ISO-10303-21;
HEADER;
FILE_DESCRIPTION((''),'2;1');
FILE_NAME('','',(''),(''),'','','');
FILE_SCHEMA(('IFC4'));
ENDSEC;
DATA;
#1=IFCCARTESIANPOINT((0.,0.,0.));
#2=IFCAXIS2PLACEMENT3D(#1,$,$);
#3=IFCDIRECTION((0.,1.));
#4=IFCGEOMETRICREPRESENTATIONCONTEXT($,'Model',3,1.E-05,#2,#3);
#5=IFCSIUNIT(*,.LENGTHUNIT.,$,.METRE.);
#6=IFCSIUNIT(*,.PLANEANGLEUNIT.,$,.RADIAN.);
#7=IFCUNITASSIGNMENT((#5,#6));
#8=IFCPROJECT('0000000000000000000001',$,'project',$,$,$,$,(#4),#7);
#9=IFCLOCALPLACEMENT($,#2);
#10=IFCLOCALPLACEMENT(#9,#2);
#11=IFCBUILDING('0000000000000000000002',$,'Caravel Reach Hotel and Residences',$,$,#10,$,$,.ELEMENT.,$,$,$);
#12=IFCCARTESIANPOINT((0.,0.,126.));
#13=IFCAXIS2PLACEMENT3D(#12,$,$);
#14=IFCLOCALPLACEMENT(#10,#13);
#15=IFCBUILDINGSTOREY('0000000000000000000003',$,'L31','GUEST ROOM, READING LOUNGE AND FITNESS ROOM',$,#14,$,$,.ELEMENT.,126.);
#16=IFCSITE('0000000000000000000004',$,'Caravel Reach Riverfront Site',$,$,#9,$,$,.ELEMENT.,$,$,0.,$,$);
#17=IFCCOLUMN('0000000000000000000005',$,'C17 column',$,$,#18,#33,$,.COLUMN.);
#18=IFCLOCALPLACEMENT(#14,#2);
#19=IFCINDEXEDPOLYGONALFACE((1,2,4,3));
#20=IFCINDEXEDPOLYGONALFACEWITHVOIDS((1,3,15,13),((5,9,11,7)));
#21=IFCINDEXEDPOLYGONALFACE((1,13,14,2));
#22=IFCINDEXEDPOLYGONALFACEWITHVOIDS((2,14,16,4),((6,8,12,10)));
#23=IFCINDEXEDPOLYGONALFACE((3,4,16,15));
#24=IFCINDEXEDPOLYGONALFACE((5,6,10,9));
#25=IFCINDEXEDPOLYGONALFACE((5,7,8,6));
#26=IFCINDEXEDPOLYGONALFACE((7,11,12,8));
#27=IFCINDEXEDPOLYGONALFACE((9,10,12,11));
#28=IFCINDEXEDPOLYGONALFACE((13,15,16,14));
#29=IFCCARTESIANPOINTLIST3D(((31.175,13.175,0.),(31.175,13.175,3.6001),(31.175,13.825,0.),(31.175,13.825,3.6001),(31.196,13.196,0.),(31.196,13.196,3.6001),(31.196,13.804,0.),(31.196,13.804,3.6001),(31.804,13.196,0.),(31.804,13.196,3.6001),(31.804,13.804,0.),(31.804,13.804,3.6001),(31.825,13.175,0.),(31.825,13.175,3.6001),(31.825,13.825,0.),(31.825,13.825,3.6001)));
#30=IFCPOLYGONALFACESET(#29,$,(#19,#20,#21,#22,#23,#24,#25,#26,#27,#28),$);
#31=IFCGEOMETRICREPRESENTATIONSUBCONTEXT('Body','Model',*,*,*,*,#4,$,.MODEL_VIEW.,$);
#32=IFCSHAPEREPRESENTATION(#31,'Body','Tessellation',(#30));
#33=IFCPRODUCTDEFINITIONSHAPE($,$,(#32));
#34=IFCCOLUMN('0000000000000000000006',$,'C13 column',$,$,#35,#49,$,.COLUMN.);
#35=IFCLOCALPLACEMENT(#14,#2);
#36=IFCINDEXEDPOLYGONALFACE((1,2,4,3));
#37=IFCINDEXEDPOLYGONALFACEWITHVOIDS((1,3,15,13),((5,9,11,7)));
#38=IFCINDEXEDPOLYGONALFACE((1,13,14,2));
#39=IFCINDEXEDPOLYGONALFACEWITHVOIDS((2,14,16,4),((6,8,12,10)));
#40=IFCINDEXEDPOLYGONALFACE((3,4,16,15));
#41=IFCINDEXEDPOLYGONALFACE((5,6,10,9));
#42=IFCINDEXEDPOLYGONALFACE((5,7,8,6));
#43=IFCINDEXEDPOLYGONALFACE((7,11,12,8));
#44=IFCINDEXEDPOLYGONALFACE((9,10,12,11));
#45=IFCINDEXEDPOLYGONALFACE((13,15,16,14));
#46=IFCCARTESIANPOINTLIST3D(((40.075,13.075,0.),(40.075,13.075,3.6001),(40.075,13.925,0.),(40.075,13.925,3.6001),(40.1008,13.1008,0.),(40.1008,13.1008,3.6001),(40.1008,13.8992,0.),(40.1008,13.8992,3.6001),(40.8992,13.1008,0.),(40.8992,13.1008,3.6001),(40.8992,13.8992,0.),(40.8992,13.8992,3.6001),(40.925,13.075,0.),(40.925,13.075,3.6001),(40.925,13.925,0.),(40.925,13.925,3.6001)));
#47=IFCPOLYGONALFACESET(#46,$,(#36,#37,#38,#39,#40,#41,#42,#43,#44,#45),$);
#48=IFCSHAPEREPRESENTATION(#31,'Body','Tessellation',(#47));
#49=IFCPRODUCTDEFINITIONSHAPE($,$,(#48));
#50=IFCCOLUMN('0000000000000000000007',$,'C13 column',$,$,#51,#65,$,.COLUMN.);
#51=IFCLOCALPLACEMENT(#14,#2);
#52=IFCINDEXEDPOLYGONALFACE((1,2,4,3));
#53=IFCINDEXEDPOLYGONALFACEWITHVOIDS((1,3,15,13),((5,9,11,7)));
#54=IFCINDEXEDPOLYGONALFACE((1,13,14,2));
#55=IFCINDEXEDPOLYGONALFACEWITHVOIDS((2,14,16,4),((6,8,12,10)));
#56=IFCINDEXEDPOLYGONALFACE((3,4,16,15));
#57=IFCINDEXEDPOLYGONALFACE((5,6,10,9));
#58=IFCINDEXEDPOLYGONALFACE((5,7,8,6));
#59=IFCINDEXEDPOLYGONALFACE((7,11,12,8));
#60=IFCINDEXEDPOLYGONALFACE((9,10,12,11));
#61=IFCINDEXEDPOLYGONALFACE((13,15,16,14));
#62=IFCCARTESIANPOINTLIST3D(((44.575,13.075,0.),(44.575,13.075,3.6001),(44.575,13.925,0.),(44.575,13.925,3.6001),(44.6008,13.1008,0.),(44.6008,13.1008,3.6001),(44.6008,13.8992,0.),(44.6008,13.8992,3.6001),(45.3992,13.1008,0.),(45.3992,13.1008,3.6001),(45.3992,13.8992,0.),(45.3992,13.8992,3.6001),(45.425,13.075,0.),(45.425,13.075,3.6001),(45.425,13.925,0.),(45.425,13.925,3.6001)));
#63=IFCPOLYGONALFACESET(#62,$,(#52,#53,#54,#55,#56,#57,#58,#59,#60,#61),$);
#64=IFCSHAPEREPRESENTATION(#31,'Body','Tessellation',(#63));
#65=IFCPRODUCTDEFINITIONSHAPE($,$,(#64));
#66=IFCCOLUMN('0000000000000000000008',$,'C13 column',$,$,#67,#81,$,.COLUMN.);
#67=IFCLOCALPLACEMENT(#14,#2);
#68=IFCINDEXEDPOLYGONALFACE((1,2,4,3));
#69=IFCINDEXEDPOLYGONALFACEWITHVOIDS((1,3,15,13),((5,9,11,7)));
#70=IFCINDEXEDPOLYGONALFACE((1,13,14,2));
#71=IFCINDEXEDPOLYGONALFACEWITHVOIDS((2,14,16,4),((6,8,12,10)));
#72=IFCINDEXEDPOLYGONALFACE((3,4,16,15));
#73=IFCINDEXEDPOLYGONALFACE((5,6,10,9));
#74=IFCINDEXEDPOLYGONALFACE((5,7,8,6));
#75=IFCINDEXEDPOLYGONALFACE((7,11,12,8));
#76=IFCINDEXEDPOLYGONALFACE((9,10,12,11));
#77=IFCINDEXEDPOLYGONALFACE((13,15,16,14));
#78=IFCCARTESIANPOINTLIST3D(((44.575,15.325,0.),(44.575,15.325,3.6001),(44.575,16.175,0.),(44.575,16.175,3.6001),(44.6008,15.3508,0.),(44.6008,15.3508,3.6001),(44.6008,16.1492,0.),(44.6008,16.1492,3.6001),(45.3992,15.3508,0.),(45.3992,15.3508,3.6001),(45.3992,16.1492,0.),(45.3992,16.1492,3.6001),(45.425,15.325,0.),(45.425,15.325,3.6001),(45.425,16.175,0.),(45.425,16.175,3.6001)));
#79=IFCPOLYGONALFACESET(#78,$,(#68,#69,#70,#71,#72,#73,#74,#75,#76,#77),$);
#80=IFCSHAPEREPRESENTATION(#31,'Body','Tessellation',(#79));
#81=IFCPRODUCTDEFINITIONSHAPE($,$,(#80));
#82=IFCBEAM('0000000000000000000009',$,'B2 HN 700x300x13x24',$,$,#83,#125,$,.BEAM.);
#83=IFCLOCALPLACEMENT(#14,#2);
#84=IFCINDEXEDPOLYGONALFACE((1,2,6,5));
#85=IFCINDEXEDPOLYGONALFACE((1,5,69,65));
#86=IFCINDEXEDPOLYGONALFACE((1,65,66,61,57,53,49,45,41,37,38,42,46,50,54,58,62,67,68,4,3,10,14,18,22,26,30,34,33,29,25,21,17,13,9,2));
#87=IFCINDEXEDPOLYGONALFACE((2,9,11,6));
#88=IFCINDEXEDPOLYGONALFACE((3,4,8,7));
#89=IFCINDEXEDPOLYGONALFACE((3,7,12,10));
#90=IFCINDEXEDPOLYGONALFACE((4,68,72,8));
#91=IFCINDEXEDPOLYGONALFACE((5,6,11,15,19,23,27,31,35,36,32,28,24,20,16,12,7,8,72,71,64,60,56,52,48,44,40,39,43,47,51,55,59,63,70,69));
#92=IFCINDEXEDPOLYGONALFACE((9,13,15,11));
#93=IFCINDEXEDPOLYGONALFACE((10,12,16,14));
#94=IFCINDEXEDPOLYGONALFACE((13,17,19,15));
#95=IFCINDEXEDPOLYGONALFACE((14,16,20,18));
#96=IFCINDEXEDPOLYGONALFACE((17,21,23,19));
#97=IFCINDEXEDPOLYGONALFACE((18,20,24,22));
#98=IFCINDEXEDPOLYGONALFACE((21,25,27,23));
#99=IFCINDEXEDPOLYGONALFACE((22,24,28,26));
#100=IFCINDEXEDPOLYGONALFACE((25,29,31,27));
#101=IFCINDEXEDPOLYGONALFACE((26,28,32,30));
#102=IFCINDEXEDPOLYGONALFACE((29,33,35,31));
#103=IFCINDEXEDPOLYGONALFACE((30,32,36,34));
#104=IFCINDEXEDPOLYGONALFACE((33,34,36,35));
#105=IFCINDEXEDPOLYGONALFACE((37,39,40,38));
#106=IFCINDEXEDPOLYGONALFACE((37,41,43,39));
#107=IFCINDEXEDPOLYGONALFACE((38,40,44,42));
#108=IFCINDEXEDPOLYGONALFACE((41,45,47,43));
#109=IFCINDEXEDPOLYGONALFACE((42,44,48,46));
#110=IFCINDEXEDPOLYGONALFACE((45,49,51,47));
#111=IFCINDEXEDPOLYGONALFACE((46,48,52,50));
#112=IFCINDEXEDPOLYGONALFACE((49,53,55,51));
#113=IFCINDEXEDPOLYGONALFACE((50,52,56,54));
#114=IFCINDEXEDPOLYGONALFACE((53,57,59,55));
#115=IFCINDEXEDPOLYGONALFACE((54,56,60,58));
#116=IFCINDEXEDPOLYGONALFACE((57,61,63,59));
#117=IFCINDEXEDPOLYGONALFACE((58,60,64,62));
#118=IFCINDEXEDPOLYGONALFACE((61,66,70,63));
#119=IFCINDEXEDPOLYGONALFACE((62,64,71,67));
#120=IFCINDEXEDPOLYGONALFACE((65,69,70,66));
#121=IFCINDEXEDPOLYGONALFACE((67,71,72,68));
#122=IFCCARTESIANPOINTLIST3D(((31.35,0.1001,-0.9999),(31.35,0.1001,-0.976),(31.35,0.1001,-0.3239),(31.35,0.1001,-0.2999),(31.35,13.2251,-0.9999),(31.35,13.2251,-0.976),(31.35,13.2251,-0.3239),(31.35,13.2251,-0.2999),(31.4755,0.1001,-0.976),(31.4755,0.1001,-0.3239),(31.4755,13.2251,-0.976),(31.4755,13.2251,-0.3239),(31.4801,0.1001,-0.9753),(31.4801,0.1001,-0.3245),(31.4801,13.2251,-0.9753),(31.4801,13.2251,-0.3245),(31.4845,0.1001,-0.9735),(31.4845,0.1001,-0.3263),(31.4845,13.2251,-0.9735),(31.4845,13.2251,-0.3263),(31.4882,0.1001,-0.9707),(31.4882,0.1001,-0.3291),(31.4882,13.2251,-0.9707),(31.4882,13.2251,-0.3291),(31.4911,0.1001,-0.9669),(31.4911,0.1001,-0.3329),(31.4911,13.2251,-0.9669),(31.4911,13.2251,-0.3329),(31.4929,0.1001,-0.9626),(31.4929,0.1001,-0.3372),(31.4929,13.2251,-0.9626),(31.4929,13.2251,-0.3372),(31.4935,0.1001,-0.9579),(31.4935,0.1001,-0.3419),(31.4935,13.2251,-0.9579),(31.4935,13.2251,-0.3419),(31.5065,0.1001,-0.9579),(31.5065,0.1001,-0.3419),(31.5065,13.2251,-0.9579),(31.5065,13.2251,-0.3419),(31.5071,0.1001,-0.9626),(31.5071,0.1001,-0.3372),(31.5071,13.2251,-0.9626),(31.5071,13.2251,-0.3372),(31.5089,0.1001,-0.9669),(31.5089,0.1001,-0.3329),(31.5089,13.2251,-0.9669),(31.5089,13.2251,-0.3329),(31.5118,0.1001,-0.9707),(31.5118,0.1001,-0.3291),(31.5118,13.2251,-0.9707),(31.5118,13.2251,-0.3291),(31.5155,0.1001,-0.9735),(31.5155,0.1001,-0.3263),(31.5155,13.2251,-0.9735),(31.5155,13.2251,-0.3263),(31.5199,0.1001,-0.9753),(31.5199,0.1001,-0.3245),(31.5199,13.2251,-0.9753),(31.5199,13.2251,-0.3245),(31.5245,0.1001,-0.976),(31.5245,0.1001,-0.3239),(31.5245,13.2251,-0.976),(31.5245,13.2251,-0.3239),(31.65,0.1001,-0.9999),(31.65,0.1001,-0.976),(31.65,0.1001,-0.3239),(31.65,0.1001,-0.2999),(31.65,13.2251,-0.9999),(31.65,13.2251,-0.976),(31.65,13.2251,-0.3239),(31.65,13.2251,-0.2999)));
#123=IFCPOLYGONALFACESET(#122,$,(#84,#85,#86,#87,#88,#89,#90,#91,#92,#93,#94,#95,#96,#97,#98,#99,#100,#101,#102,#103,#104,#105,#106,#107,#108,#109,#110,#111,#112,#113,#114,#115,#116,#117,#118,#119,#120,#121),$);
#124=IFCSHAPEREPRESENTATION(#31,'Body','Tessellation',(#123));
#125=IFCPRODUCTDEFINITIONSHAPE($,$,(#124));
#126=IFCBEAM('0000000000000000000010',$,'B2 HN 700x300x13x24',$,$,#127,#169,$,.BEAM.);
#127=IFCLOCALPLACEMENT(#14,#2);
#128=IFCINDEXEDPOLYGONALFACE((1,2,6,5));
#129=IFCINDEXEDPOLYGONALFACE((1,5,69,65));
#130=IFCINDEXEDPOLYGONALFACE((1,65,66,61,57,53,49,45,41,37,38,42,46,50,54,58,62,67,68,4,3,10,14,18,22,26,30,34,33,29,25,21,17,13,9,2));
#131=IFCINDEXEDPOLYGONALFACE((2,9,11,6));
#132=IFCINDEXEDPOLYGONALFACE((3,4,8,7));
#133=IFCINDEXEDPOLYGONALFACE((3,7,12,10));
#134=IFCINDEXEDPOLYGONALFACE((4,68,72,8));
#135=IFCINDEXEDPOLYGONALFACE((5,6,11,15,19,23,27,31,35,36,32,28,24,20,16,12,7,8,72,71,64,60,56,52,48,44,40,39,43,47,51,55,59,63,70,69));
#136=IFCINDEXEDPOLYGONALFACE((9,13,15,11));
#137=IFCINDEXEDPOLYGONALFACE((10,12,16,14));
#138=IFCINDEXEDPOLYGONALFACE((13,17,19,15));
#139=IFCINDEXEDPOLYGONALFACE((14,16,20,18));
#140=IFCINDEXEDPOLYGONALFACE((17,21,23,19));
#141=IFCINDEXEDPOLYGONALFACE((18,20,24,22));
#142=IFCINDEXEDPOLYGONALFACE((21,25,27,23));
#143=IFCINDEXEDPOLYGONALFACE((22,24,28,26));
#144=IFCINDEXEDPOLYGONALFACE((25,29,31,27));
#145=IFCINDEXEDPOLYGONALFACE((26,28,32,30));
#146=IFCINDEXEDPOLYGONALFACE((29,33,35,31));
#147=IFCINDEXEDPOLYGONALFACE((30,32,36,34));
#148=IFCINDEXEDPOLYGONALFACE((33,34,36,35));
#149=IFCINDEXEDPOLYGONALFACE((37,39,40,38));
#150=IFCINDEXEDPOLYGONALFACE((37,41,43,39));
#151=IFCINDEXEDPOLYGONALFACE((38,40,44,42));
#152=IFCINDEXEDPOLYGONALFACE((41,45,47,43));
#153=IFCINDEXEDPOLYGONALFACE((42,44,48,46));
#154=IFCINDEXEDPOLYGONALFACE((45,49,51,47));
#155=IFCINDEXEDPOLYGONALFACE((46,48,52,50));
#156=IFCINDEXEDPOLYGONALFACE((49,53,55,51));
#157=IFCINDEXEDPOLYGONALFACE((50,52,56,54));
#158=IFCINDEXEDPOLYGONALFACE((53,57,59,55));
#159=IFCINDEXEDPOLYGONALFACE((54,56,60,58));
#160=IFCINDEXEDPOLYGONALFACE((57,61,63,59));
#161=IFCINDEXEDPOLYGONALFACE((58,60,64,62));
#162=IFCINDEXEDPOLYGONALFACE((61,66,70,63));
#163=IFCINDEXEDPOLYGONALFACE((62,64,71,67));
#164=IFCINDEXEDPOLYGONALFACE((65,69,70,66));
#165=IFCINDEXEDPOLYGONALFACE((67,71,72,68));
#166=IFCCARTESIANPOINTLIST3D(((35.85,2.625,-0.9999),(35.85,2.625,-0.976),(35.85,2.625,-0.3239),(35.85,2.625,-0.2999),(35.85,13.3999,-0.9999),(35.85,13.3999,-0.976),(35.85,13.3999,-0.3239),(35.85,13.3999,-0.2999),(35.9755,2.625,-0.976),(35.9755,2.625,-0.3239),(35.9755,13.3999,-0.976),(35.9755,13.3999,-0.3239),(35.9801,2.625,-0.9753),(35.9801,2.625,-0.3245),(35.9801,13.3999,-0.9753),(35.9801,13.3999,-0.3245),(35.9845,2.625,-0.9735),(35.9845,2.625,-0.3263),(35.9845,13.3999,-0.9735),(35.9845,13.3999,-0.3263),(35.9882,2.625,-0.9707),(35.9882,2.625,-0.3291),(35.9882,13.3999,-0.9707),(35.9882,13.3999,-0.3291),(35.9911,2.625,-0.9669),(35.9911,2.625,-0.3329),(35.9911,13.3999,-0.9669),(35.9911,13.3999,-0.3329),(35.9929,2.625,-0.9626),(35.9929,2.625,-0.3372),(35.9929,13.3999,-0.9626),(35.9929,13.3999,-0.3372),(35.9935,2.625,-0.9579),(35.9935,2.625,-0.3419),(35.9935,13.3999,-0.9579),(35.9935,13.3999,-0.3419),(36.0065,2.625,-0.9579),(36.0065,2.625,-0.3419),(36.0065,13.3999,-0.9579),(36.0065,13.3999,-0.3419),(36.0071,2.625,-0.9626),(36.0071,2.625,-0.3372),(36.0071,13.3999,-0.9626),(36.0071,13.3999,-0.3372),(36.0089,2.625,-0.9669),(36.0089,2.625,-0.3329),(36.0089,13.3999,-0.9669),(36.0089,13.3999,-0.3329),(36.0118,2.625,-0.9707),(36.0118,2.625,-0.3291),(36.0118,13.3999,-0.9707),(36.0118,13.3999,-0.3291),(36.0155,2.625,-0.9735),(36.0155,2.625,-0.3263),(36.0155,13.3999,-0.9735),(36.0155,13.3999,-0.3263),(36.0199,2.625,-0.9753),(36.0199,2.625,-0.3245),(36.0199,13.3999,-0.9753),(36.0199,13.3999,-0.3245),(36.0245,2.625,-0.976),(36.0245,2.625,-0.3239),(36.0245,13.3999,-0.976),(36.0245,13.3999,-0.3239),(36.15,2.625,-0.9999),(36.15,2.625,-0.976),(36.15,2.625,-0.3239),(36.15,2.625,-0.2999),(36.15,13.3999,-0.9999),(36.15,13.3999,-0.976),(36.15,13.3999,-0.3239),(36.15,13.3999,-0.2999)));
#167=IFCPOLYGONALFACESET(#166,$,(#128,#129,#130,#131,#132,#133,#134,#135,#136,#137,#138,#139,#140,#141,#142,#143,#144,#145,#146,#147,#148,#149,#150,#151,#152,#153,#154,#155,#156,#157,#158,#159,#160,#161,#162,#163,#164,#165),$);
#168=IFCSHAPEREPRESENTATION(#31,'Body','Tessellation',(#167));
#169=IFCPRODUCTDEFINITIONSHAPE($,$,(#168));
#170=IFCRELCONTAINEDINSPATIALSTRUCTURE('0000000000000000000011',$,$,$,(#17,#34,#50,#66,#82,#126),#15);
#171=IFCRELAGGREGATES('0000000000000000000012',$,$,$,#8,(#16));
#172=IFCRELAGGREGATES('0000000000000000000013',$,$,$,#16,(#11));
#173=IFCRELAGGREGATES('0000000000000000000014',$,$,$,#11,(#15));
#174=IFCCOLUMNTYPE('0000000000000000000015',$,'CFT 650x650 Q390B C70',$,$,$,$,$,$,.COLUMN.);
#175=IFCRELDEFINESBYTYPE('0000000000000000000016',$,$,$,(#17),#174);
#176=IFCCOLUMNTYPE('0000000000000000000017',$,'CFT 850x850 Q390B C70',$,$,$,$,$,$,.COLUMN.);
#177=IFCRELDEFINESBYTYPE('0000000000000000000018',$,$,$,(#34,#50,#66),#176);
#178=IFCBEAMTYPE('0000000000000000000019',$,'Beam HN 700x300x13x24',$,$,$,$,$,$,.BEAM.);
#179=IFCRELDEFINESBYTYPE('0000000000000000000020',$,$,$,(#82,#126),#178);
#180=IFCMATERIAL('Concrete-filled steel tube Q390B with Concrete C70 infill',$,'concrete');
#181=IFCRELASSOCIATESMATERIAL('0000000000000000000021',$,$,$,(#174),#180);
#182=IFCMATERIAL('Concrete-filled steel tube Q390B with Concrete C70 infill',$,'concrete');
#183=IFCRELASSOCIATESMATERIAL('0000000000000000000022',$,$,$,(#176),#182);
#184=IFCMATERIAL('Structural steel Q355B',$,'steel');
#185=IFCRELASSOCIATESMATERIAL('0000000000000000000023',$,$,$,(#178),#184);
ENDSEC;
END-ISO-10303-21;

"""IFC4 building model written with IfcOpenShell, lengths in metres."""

from ifc_helpers import new_model, si_unit, direction, frame, origin, origin_2d, place, context, subcontext, project, spatial, hollow_rectangle, i_section, extrude, material, material_profile, profile_set, type_object, element, save


model = new_model("IFC4")

# Units and contexts
model_context = context("Model", 3, precision=1e-05, world=origin(), true_north=direction((0.0, 1.0)))
body_context = subcontext(model_context, "Body", "Model", "MODEL_VIEW")
ifc_project = project(units=[si_unit("LENGTHUNIT", "METRE"), si_unit("PLANEANGLEUNIT", "RADIAN")], contexts=[model_context])

# Site, building, storey
site_placement = place(None, origin())
site = spatial("IfcSite", under=ifc_project, at=site_placement, Name="Caravel Reach Riverfront Site", CompositionType="ELEMENT", RefElevation=0.0)
building_placement = place(site_placement, origin())
building = spatial("IfcBuilding", under=site, at=building_placement, Name="Caravel Reach Hotel and Residences", CompositionType="ELEMENT")
storey_placement = place(building_placement, frame((0.0, 0.0, 126.0)))
storey = spatial("IfcBuildingStorey", under=building, at=storey_placement, Name="L31", Description="GUEST ROOM, READING LOUNGE AND FITNESS ROOM", CompositionType="ELEMENT", Elevation=126.0)

# Columns
ifc_material_1 = material(Name="Concrete-filled steel tube Q390B with Concrete C70 infill", Category="concrete")
ifc_material_profile_1 = material_profile(ifc_material_1, hollow_rectangle(XDim=0.6499, YDim=0.6499, WallThickness=0.021, at=origin_2d()), Name="RHS 650x650x21")
ifc_profile_set_1 = profile_set([ifc_material_profile_1], Name="Concrete-filled steel tube Q390B with Concrete C70 infill")
column_type_1 = type_object("IfcColumnType", Name="CFT 650x650 Q390B C70", PredefinedType="COLUMN", material=ifc_profile_set_1)
column_placement = place(storey_placement, frame((31.5, 13.5, 0.0), z_axis=(0.0, 0.0, 1.0), x_axis=(1.0, 0.0, 0.0)))
element("IfcColumn", 1, at=column_placement, inside=storey, type_object=column_type_1, Name="C17 column", PredefinedType="COLUMN", context=body_context, shape_type="SweptSolid", body=[
    extrude(hollow_rectangle(XDim=0.6499, YDim=0.6499, WallThickness=0.021, at=origin_2d()), origin(), (0.0, 0.0, 1.0), 3.6001),
])
ifc_material_2 = material(Name="Concrete-filled steel tube Q390B with Concrete C70 infill", Category="concrete")
ifc_material_profile_2 = material_profile(ifc_material_2, hollow_rectangle(XDim=0.8501, YDim=0.8501, WallThickness=0.0259, at=origin_2d()), Name="RHS 850x850x26")
ifc_profile_set_2 = profile_set([ifc_material_profile_2], Name="Concrete-filled steel tube Q390B with Concrete C70 infill")
column_type_2 = type_object("IfcColumnType", Name="CFT 850x850 Q390B C70", PredefinedType="COLUMN", material=ifc_profile_set_2)
for number, where, z_axis, x_axis, name in (
    (2, (40.5, 13.5, 0.0), (0.0, 0.0, 1.0), (1.0, 0.0, 0.0), "C13 column"),
    (3, (45.0, 13.5, 0.0), (0.0, 0.0, 1.0), (1.0, 0.0, 0.0), "C13 column"),
    (4, (45.0, 15.75, 0.0), (0.0, 0.0, 1.0), (1.0, 0.0, 0.0), "C13 column"),
):
    element("IfcColumn", number, at=place(storey_placement, frame(where, z_axis=z_axis, x_axis=x_axis)), inside=storey, type_object=column_type_2, Name=name, PredefinedType="COLUMN", context=body_context, shape_type="SweptSolid", body=[
        extrude(hollow_rectangle(XDim=0.8501, YDim=0.8501, WallThickness=0.0259, at=origin_2d()), origin(), (0.0, 0.0, 1.0), 3.6001),
    ])

# Beams
ifc_material_3 = material(Name="Structural steel Q355B", Category="steel")
ifc_material_profile_3 = material_profile(ifc_material_3, i_section(OverallWidth=0.3, OverallDepth=0.7, WebThickness=0.0129, FlangeThickness=0.0239, FilletRadius=0.0181, at=origin_2d()), Name="HN 700x300x13x24")
ifc_profile_set_3 = profile_set([ifc_material_profile_3], Name="Structural steel Q355B")
beam_type_1 = type_object("IfcBeamType", Name="Beam HN 700x300x13x24", PredefinedType="BEAM", material=ifc_profile_set_3)
beam_1_placement = place(storey_placement, frame((31.5, 13.2251, -0.6499), z_axis=(0.0, -1.0, 0.0), x_axis=(1.0, 0.0, 0.0)))
element("IfcBeam", 5, at=beam_1_placement, inside=storey, type_object=beam_type_1, Name="B2 HN 700x300x13x24", PredefinedType="BEAM", context=body_context, shape_type="SweptSolid", body=[
    extrude(i_section(OverallWidth=0.3, OverallDepth=0.7, WebThickness=0.0129, FlangeThickness=0.0239, FilletRadius=0.0181, at=origin_2d()), origin(), (0.0, 0.0, 1.0), 13.125),
])
beam_2_placement = place(storey_placement, frame((36.0, 13.3999, -0.6499), z_axis=(0.0, -1.0, 0.0), x_axis=(1.0, 0.0, 0.0)))
element("IfcBeam", 6, at=beam_2_placement, inside=storey, type_object=beam_type_1, Name="B2 HN 700x300x13x24", PredefinedType="BEAM", context=body_context, shape_type="SweptSolid", body=[
    extrude(i_section(OverallWidth=0.3, OverallDepth=0.7, WebThickness=0.0129, FlangeThickness=0.0239, FilletRadius=0.0181, at=origin_2d()), origin(), (0.0, 0.0, 1.0), 10.7749),
])

save(model, "model.ifc")
